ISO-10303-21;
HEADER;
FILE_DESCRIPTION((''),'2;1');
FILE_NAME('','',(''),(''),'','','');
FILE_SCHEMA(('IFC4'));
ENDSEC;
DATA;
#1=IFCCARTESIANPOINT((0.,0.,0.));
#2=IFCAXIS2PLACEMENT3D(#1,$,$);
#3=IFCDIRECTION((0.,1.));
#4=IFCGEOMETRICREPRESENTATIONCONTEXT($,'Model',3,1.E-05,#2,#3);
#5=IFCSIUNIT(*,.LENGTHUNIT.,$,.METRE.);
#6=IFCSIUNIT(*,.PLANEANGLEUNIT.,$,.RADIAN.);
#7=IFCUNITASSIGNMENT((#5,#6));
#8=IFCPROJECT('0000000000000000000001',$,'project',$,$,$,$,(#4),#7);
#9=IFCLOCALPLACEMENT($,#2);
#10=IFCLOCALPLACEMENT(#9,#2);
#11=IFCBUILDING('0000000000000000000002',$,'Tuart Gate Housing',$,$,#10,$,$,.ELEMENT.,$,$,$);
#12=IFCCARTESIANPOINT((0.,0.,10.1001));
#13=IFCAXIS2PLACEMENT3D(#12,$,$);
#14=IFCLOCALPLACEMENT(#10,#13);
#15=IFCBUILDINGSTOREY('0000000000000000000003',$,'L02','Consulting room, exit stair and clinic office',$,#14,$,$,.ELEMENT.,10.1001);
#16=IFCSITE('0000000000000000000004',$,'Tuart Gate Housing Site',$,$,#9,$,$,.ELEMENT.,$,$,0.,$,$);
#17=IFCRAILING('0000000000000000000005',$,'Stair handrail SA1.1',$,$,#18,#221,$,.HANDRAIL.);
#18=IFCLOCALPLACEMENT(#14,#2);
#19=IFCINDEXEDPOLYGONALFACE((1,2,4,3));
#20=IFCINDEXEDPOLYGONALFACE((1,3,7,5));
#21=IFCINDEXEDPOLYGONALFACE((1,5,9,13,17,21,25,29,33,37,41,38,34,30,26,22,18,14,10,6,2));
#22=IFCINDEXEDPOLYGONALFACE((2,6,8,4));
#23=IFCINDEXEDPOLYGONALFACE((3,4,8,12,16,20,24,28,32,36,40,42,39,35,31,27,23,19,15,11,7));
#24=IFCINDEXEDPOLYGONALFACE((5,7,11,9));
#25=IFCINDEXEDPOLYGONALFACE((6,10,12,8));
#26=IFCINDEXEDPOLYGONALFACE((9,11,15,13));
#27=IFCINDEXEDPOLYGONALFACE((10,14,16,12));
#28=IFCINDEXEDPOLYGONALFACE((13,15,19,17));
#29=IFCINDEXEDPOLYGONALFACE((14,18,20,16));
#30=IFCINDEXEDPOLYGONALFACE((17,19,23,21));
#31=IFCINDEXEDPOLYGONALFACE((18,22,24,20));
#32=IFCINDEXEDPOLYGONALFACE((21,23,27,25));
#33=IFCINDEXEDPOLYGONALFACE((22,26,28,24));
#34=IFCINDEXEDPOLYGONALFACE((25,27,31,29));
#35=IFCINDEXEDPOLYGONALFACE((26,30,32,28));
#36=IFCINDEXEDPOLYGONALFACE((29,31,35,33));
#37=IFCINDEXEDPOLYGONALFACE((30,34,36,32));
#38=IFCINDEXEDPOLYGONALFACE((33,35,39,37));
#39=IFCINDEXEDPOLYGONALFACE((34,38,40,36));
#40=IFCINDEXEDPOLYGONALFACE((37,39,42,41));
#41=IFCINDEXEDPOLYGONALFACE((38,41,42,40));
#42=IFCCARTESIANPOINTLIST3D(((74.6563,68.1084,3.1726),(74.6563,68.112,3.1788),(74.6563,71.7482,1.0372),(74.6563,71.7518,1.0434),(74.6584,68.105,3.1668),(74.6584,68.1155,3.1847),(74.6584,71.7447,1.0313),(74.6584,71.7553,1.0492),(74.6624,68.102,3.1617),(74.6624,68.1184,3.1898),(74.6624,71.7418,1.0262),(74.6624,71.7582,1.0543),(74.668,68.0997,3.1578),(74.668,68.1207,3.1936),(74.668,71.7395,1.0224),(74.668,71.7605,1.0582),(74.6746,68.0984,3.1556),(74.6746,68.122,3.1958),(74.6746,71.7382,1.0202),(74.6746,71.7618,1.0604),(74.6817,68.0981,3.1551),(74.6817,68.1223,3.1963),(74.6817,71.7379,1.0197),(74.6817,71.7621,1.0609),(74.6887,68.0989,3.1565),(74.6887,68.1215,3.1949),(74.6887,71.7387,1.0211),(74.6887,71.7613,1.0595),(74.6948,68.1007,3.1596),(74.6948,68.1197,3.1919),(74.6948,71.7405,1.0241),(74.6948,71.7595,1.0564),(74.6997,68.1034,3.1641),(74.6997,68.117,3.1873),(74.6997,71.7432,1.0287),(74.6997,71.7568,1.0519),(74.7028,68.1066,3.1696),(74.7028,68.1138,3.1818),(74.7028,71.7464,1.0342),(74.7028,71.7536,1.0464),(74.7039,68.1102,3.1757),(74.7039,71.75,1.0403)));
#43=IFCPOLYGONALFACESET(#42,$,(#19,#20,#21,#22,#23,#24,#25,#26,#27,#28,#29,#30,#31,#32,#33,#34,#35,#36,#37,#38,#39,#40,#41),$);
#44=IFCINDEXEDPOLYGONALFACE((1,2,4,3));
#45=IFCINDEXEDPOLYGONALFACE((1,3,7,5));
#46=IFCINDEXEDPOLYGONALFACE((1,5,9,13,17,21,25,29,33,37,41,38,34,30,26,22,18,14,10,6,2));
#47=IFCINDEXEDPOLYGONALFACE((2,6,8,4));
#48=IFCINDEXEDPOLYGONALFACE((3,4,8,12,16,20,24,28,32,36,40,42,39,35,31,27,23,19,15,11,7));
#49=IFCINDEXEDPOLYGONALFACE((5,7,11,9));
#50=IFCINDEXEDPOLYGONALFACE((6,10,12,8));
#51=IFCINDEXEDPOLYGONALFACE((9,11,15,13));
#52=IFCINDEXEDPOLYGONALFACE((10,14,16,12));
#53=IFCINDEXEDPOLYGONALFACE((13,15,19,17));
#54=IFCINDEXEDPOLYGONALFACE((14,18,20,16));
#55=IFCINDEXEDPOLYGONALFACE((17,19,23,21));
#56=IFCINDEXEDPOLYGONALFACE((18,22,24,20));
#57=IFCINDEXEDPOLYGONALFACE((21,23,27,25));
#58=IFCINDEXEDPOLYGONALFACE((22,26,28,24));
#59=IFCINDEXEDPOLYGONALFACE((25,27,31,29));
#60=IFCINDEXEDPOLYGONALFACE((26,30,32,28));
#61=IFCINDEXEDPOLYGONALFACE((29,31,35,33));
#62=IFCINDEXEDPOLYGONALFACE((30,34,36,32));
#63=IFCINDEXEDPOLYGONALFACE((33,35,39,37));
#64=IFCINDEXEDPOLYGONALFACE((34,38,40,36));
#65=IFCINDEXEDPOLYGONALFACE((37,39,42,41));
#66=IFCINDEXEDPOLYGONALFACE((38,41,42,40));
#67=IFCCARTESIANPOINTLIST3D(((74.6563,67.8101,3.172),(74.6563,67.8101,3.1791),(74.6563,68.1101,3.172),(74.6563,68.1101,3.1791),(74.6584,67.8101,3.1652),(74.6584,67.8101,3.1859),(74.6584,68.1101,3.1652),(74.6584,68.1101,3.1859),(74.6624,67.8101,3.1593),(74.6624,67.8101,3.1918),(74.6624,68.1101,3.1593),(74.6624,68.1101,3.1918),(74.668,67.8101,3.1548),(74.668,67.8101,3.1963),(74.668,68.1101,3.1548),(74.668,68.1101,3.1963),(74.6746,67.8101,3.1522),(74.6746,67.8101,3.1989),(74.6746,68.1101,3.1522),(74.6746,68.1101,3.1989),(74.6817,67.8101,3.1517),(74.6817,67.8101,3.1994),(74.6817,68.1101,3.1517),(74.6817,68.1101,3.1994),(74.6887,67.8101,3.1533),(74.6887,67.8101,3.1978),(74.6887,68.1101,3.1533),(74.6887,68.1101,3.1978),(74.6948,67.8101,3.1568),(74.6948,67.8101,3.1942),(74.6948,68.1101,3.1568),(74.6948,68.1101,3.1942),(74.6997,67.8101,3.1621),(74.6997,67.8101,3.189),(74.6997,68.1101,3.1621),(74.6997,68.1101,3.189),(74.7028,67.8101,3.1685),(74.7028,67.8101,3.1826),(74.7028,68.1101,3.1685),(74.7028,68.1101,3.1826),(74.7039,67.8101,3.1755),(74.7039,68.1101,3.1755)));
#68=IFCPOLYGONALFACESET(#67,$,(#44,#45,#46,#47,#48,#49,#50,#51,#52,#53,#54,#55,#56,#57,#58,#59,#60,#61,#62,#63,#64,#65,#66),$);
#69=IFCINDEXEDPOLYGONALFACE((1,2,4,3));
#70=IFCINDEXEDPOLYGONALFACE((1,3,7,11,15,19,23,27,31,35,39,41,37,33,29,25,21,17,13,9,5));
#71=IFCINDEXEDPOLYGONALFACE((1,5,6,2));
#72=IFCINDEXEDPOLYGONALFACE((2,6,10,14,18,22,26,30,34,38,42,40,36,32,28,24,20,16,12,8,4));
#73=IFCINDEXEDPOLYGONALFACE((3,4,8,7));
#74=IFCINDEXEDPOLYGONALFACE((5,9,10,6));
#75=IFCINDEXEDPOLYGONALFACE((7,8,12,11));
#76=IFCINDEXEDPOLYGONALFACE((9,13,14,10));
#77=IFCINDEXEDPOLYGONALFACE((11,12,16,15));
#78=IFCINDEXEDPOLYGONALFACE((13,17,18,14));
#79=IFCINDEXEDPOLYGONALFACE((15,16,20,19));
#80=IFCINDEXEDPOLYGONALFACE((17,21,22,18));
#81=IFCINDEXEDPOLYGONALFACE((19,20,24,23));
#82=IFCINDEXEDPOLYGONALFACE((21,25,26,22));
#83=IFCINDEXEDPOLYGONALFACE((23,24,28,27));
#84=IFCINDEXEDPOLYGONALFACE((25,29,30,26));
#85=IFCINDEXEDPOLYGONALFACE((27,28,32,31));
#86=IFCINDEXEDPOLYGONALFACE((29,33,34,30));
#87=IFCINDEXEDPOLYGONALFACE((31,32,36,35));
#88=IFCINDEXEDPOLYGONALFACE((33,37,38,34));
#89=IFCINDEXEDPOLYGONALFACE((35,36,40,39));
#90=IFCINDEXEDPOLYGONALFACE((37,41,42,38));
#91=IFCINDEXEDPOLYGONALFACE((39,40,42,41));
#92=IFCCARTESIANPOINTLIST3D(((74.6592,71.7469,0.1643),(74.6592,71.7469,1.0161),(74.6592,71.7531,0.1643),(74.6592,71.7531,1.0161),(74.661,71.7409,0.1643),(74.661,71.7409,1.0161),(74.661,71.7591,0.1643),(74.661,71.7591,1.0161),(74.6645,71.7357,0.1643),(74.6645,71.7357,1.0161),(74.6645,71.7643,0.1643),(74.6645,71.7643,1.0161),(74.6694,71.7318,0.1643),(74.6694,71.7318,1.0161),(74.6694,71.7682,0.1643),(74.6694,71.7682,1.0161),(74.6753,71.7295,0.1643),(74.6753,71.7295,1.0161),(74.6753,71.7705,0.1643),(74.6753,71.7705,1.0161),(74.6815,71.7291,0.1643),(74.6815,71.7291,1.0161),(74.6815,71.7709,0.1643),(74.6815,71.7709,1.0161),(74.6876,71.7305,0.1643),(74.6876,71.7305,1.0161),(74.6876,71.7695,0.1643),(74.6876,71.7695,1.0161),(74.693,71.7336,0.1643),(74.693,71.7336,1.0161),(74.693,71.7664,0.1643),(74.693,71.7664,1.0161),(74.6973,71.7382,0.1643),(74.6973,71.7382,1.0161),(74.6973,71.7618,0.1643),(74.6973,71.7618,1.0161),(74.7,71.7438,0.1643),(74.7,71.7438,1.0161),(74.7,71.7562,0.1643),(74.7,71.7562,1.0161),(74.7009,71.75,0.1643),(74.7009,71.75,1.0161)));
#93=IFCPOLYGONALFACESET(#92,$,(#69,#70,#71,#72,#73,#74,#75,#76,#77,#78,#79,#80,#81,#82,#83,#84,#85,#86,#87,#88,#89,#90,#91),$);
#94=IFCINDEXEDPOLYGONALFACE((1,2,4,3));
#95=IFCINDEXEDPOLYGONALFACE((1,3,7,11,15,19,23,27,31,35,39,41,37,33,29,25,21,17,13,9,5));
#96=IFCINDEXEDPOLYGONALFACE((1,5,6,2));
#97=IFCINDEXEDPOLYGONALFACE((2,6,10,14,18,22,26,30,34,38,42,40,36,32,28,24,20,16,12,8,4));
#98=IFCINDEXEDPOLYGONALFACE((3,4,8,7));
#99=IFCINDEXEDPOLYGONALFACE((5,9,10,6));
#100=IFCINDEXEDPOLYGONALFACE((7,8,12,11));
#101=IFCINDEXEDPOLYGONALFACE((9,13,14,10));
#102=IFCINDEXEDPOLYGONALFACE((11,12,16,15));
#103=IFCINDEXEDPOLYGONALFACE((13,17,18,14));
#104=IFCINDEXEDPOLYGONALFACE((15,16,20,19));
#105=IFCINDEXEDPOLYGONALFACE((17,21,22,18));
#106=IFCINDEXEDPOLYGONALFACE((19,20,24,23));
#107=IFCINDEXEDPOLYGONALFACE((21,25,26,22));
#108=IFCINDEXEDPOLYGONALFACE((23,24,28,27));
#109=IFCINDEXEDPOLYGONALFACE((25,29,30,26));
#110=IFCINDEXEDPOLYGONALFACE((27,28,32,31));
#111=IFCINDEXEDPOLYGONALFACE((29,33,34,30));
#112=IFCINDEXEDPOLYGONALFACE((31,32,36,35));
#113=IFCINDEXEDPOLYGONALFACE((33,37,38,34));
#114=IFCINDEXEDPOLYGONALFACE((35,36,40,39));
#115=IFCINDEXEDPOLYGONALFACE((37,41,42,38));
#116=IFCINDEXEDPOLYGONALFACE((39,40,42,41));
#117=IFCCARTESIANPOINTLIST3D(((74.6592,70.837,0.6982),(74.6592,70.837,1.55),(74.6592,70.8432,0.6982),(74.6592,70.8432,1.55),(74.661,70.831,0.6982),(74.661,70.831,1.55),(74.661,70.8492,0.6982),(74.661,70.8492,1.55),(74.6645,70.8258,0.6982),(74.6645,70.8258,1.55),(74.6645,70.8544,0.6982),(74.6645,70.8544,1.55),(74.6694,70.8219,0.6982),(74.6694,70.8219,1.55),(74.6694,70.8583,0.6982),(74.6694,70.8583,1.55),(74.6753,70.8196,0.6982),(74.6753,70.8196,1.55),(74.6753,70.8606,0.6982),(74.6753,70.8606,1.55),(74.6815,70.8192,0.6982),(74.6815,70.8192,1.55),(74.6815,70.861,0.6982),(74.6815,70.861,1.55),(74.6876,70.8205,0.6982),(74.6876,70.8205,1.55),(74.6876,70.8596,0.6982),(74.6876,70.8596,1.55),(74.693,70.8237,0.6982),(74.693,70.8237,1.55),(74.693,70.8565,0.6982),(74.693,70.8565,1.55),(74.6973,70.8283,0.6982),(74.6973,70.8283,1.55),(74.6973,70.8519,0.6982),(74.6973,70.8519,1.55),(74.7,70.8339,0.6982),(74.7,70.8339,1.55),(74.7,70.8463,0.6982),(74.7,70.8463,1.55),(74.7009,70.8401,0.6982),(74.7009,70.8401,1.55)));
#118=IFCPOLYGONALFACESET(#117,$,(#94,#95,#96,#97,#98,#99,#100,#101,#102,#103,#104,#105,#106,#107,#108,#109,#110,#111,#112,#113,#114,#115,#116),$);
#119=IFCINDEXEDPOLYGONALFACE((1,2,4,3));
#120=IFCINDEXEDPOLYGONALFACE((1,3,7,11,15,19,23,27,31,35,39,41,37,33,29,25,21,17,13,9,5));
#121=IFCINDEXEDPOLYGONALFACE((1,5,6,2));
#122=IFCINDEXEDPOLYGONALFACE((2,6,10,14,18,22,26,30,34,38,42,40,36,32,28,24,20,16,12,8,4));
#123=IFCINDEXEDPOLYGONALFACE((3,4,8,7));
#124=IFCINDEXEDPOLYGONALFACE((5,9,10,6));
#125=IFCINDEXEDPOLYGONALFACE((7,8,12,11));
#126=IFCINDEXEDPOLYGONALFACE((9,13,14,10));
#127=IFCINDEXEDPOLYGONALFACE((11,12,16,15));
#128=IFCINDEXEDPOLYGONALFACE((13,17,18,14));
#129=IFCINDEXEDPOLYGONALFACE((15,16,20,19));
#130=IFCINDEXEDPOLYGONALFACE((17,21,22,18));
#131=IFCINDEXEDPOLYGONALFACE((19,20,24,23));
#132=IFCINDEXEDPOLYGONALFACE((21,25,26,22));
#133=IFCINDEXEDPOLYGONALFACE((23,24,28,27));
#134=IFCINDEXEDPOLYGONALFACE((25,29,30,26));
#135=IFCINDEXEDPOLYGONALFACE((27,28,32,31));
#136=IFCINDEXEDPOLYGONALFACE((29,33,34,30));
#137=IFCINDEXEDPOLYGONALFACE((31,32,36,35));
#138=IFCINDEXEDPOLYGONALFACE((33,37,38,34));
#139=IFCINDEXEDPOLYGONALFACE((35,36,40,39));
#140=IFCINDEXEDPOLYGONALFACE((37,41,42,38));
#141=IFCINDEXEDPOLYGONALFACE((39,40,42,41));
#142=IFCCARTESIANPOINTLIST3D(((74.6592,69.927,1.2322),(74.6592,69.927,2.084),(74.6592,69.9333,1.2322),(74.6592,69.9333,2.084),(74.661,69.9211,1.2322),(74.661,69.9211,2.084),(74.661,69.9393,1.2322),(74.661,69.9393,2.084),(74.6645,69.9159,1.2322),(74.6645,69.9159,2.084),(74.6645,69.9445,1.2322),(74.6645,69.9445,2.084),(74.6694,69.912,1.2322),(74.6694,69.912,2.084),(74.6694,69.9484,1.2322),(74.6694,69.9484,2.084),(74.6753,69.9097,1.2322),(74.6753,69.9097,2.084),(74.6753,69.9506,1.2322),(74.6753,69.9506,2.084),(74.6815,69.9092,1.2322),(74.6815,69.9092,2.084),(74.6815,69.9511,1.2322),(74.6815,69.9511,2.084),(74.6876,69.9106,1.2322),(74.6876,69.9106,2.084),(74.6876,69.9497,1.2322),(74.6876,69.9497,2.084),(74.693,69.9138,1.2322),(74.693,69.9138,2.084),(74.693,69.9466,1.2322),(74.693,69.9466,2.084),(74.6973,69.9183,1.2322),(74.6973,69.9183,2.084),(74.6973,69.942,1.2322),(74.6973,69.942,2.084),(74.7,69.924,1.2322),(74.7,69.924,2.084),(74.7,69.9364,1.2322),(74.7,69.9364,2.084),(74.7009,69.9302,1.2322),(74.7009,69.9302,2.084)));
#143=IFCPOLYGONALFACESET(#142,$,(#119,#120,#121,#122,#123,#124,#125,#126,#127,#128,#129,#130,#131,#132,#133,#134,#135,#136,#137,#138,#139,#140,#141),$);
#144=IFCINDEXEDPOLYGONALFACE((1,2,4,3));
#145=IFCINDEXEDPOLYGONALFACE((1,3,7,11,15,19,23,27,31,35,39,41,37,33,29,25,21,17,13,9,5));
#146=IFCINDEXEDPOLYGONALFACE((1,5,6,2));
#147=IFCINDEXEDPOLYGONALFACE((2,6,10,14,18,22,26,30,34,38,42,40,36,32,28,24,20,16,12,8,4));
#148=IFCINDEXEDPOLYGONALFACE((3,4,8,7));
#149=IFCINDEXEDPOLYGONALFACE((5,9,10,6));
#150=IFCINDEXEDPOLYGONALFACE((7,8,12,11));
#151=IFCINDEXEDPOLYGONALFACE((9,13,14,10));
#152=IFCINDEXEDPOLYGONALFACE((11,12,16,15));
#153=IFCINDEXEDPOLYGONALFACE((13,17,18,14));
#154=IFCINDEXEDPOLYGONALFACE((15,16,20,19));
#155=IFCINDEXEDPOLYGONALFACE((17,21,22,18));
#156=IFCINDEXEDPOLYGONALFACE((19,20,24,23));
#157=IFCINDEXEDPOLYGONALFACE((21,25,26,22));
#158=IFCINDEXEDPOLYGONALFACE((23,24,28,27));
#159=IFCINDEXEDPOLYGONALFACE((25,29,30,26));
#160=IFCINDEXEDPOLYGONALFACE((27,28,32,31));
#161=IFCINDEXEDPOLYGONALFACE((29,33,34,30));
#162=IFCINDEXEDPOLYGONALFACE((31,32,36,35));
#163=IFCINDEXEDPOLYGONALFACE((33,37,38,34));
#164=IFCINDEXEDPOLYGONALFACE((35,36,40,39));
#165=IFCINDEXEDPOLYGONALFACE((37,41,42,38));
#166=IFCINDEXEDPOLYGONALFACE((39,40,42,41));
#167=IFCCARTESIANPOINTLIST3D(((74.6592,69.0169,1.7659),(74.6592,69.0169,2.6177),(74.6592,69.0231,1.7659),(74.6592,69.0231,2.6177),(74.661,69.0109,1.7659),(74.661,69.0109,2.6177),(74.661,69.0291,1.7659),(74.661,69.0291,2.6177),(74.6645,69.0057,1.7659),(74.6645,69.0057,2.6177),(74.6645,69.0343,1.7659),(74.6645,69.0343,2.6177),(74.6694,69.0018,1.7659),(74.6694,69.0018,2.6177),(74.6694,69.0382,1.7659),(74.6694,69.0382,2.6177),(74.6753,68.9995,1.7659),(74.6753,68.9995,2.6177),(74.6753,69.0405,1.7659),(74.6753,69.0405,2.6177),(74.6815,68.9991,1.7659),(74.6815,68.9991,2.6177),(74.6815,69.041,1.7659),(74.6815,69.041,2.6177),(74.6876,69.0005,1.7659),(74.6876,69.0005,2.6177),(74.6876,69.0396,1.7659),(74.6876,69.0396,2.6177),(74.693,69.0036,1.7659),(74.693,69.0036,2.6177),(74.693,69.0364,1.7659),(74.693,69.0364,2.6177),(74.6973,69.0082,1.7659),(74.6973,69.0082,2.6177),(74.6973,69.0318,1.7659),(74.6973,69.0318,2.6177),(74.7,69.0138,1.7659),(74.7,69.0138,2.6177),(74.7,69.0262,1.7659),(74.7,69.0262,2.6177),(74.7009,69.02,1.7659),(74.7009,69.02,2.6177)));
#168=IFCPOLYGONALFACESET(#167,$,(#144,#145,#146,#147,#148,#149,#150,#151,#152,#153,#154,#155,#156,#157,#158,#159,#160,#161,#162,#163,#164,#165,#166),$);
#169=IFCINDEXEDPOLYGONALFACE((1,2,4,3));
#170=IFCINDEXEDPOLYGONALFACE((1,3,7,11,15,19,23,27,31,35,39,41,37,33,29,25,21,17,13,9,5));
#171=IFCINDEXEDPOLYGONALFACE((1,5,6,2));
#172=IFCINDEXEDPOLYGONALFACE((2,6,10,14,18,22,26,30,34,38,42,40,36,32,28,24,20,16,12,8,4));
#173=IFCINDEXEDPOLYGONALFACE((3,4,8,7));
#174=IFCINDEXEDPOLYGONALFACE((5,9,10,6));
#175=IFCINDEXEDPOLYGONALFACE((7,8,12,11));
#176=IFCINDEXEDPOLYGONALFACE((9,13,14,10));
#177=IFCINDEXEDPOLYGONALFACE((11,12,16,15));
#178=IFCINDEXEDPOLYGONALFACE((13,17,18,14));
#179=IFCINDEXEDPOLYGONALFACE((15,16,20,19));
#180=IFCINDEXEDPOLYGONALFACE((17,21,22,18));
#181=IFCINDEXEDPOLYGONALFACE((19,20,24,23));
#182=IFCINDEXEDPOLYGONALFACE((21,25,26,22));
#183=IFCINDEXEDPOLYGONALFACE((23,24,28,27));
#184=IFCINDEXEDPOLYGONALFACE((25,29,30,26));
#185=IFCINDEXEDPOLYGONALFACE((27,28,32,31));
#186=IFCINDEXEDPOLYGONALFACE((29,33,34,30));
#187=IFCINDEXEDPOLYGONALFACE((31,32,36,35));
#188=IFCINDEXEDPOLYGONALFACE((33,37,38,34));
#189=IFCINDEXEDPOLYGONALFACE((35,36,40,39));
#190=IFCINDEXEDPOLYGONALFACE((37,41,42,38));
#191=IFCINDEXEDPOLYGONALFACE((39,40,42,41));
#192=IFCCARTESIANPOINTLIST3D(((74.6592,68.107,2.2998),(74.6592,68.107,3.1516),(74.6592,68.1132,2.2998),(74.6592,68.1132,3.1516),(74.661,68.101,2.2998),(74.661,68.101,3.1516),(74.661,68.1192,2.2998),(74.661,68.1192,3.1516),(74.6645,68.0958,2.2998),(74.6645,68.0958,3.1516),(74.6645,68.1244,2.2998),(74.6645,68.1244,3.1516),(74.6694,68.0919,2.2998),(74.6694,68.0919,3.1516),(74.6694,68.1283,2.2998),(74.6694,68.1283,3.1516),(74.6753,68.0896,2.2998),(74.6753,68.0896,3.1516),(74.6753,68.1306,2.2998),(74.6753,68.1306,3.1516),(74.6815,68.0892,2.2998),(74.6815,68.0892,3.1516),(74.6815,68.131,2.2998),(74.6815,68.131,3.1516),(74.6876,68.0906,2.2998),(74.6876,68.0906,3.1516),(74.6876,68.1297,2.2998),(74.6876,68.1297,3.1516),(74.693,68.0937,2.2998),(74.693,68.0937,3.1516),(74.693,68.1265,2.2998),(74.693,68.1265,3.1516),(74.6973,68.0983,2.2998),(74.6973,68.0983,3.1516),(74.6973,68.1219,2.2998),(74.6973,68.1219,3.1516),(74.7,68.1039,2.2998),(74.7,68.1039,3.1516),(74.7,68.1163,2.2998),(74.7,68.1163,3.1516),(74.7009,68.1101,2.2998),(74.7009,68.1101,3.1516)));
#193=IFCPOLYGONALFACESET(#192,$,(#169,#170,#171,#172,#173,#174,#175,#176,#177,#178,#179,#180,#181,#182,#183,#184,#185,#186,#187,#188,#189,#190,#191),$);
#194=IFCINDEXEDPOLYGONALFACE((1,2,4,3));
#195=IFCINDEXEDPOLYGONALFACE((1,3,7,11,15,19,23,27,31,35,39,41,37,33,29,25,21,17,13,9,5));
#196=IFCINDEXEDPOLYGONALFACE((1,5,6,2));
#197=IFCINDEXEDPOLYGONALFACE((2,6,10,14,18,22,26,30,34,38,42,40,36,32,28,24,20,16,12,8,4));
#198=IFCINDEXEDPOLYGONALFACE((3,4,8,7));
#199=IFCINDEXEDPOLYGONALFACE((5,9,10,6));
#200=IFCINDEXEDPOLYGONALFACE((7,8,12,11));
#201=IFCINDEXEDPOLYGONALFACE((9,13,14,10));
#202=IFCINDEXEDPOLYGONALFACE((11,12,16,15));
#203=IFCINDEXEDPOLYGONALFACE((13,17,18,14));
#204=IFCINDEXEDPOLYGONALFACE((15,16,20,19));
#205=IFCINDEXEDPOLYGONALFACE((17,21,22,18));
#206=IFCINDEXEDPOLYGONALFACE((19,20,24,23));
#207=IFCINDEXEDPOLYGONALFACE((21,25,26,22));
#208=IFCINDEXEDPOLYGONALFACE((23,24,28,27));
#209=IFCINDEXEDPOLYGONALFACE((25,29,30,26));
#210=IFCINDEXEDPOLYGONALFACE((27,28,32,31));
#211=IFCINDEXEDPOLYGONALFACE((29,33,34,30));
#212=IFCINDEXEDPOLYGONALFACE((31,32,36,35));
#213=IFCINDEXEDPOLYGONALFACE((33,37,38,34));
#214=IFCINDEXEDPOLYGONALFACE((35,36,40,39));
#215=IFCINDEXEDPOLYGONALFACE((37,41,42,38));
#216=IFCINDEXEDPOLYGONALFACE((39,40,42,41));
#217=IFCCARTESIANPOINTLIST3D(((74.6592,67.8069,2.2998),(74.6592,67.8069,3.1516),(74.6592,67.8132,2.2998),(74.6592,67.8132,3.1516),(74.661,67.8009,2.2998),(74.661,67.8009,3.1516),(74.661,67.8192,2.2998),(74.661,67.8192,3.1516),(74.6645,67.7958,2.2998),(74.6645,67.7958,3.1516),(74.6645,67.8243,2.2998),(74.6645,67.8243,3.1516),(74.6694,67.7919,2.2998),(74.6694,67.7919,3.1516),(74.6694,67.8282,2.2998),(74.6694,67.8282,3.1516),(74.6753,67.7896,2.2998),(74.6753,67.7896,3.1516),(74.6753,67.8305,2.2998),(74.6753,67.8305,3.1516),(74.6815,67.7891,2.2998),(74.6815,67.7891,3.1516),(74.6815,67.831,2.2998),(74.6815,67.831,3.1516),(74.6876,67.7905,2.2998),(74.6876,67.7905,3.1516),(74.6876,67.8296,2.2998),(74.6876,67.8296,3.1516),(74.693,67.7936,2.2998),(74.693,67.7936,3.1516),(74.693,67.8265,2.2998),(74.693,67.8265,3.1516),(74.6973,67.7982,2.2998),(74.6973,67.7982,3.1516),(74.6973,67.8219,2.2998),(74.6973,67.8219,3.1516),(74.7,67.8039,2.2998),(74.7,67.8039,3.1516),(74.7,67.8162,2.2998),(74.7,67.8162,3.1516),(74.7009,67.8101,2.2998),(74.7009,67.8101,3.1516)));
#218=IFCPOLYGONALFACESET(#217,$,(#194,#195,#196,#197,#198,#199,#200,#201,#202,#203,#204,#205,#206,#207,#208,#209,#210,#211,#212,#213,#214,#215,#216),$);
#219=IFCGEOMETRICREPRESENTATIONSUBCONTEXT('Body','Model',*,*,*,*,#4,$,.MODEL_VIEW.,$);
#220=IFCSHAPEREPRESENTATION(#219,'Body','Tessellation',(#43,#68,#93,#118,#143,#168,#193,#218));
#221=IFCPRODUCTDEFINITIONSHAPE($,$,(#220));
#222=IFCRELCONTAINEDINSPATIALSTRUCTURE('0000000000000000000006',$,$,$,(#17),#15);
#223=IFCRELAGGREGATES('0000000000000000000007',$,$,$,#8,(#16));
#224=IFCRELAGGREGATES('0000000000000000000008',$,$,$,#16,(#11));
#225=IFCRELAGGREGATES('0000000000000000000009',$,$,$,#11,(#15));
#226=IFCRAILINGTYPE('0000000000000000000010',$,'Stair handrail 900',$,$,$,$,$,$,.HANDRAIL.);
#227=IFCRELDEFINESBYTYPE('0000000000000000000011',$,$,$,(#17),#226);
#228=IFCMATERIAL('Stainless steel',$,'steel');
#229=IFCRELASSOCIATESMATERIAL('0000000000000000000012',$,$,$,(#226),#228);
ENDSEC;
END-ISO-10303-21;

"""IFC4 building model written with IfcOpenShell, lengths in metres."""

from ifc_helpers import new_model, si_unit, direction, frame, origin, origin_2d, place, context, subcontext, project, spatial, circle, extrude, material, type_object, element, save


model = new_model("IFC4")

# Units and contexts
model_context = context("Model", 3, precision=1e-05, world=origin(), true_north=direction((0.0, 1.0)))
body_context = subcontext(model_context, "Body", "Model", "MODEL_VIEW")
ifc_project = project(units=[si_unit("LENGTHUNIT", "METRE"), si_unit("PLANEANGLEUNIT", "RADIAN")], contexts=[model_context])

# Site, building, storey
site_placement = place(None, origin())
site = spatial("IfcSite", under=ifc_project, at=site_placement, Name="Tuart Gate Housing Site", CompositionType="ELEMENT", RefElevation=0.0)
building_placement = place(site_placement, origin())
building = spatial("IfcBuilding", under=site, at=building_placement, Name="Tuart Gate Housing", CompositionType="ELEMENT")
storey_placement = place(building_placement, frame((0.0, 0.0, 10.1001)))
storey = spatial("IfcBuildingStorey", under=building, at=storey_placement, Name="L02", Description="Consulting room, exit stair and clinic office", CompositionType="ELEMENT", Elevation=10.1001)

# Railing
ifc_material_1 = material(Name="Stainless steel", Category="steel")
railing_type = type_object("IfcRailingType", Name="Stair handrail 900", PredefinedType="HANDRAIL", material=ifc_material_1)
railing_placement = place(storey_placement, frame((74.6799, 71.75, 0.1643)))
element("IfcRailing", 1, at=railing_placement, inside=storey, type_object=railing_type, Name="Stair handrail SA1.1", PredefinedType="HANDRAIL", context=body_context, shape_type="SweptSolid", body=[
    extrude(circle(Radius=0.0239, at=origin_2d()), frame((0.0, 0.0, 0.876), z_axis=(0.0, -0.862515, 0.506031), x_axis=(1.0, 0.0, 0.0)), (0.0, 0.0, 1.0), 4.22),
    extrude(circle(Radius=0.0239, at=origin_2d()), frame((0.0, -3.6399, 3.0112), z_axis=(0.0, -1.0, 0.0), x_axis=(1.0, 0.0, 0.0)), (0.0, 0.0, 1.0), 0.3),
    extrude(circle(Radius=0.021, at=origin_2d()), origin(), (0.0, 0.0, 1.0), 0.8518),
    extrude(circle(Radius=0.021, at=origin_2d()), frame((0.0, -0.9099, 0.5339)), (0.0, 0.0, 1.0), 0.8518),
    extrude(circle(Radius=0.021, at=origin_2d()), frame((0.0, -1.8198, 1.0679)), (0.0, 0.0, 1.0), 0.8518),
    extrude(circle(Radius=0.021, at=origin_2d()), frame((0.0, -2.73, 1.6016)), (0.0, 0.0, 1.0), 0.8518),
    extrude(circle(Radius=0.021, at=origin_2d()), frame((0.0, -3.6399, 2.1355)), (0.0, 0.0, 1.0), 0.8518),
    extrude(circle(Radius=0.021, at=origin_2d()), frame((0.0, -3.9399, 2.1355)), (0.0, 0.0, 1.0), 0.8518),
])

save(model, "model.ifc")
